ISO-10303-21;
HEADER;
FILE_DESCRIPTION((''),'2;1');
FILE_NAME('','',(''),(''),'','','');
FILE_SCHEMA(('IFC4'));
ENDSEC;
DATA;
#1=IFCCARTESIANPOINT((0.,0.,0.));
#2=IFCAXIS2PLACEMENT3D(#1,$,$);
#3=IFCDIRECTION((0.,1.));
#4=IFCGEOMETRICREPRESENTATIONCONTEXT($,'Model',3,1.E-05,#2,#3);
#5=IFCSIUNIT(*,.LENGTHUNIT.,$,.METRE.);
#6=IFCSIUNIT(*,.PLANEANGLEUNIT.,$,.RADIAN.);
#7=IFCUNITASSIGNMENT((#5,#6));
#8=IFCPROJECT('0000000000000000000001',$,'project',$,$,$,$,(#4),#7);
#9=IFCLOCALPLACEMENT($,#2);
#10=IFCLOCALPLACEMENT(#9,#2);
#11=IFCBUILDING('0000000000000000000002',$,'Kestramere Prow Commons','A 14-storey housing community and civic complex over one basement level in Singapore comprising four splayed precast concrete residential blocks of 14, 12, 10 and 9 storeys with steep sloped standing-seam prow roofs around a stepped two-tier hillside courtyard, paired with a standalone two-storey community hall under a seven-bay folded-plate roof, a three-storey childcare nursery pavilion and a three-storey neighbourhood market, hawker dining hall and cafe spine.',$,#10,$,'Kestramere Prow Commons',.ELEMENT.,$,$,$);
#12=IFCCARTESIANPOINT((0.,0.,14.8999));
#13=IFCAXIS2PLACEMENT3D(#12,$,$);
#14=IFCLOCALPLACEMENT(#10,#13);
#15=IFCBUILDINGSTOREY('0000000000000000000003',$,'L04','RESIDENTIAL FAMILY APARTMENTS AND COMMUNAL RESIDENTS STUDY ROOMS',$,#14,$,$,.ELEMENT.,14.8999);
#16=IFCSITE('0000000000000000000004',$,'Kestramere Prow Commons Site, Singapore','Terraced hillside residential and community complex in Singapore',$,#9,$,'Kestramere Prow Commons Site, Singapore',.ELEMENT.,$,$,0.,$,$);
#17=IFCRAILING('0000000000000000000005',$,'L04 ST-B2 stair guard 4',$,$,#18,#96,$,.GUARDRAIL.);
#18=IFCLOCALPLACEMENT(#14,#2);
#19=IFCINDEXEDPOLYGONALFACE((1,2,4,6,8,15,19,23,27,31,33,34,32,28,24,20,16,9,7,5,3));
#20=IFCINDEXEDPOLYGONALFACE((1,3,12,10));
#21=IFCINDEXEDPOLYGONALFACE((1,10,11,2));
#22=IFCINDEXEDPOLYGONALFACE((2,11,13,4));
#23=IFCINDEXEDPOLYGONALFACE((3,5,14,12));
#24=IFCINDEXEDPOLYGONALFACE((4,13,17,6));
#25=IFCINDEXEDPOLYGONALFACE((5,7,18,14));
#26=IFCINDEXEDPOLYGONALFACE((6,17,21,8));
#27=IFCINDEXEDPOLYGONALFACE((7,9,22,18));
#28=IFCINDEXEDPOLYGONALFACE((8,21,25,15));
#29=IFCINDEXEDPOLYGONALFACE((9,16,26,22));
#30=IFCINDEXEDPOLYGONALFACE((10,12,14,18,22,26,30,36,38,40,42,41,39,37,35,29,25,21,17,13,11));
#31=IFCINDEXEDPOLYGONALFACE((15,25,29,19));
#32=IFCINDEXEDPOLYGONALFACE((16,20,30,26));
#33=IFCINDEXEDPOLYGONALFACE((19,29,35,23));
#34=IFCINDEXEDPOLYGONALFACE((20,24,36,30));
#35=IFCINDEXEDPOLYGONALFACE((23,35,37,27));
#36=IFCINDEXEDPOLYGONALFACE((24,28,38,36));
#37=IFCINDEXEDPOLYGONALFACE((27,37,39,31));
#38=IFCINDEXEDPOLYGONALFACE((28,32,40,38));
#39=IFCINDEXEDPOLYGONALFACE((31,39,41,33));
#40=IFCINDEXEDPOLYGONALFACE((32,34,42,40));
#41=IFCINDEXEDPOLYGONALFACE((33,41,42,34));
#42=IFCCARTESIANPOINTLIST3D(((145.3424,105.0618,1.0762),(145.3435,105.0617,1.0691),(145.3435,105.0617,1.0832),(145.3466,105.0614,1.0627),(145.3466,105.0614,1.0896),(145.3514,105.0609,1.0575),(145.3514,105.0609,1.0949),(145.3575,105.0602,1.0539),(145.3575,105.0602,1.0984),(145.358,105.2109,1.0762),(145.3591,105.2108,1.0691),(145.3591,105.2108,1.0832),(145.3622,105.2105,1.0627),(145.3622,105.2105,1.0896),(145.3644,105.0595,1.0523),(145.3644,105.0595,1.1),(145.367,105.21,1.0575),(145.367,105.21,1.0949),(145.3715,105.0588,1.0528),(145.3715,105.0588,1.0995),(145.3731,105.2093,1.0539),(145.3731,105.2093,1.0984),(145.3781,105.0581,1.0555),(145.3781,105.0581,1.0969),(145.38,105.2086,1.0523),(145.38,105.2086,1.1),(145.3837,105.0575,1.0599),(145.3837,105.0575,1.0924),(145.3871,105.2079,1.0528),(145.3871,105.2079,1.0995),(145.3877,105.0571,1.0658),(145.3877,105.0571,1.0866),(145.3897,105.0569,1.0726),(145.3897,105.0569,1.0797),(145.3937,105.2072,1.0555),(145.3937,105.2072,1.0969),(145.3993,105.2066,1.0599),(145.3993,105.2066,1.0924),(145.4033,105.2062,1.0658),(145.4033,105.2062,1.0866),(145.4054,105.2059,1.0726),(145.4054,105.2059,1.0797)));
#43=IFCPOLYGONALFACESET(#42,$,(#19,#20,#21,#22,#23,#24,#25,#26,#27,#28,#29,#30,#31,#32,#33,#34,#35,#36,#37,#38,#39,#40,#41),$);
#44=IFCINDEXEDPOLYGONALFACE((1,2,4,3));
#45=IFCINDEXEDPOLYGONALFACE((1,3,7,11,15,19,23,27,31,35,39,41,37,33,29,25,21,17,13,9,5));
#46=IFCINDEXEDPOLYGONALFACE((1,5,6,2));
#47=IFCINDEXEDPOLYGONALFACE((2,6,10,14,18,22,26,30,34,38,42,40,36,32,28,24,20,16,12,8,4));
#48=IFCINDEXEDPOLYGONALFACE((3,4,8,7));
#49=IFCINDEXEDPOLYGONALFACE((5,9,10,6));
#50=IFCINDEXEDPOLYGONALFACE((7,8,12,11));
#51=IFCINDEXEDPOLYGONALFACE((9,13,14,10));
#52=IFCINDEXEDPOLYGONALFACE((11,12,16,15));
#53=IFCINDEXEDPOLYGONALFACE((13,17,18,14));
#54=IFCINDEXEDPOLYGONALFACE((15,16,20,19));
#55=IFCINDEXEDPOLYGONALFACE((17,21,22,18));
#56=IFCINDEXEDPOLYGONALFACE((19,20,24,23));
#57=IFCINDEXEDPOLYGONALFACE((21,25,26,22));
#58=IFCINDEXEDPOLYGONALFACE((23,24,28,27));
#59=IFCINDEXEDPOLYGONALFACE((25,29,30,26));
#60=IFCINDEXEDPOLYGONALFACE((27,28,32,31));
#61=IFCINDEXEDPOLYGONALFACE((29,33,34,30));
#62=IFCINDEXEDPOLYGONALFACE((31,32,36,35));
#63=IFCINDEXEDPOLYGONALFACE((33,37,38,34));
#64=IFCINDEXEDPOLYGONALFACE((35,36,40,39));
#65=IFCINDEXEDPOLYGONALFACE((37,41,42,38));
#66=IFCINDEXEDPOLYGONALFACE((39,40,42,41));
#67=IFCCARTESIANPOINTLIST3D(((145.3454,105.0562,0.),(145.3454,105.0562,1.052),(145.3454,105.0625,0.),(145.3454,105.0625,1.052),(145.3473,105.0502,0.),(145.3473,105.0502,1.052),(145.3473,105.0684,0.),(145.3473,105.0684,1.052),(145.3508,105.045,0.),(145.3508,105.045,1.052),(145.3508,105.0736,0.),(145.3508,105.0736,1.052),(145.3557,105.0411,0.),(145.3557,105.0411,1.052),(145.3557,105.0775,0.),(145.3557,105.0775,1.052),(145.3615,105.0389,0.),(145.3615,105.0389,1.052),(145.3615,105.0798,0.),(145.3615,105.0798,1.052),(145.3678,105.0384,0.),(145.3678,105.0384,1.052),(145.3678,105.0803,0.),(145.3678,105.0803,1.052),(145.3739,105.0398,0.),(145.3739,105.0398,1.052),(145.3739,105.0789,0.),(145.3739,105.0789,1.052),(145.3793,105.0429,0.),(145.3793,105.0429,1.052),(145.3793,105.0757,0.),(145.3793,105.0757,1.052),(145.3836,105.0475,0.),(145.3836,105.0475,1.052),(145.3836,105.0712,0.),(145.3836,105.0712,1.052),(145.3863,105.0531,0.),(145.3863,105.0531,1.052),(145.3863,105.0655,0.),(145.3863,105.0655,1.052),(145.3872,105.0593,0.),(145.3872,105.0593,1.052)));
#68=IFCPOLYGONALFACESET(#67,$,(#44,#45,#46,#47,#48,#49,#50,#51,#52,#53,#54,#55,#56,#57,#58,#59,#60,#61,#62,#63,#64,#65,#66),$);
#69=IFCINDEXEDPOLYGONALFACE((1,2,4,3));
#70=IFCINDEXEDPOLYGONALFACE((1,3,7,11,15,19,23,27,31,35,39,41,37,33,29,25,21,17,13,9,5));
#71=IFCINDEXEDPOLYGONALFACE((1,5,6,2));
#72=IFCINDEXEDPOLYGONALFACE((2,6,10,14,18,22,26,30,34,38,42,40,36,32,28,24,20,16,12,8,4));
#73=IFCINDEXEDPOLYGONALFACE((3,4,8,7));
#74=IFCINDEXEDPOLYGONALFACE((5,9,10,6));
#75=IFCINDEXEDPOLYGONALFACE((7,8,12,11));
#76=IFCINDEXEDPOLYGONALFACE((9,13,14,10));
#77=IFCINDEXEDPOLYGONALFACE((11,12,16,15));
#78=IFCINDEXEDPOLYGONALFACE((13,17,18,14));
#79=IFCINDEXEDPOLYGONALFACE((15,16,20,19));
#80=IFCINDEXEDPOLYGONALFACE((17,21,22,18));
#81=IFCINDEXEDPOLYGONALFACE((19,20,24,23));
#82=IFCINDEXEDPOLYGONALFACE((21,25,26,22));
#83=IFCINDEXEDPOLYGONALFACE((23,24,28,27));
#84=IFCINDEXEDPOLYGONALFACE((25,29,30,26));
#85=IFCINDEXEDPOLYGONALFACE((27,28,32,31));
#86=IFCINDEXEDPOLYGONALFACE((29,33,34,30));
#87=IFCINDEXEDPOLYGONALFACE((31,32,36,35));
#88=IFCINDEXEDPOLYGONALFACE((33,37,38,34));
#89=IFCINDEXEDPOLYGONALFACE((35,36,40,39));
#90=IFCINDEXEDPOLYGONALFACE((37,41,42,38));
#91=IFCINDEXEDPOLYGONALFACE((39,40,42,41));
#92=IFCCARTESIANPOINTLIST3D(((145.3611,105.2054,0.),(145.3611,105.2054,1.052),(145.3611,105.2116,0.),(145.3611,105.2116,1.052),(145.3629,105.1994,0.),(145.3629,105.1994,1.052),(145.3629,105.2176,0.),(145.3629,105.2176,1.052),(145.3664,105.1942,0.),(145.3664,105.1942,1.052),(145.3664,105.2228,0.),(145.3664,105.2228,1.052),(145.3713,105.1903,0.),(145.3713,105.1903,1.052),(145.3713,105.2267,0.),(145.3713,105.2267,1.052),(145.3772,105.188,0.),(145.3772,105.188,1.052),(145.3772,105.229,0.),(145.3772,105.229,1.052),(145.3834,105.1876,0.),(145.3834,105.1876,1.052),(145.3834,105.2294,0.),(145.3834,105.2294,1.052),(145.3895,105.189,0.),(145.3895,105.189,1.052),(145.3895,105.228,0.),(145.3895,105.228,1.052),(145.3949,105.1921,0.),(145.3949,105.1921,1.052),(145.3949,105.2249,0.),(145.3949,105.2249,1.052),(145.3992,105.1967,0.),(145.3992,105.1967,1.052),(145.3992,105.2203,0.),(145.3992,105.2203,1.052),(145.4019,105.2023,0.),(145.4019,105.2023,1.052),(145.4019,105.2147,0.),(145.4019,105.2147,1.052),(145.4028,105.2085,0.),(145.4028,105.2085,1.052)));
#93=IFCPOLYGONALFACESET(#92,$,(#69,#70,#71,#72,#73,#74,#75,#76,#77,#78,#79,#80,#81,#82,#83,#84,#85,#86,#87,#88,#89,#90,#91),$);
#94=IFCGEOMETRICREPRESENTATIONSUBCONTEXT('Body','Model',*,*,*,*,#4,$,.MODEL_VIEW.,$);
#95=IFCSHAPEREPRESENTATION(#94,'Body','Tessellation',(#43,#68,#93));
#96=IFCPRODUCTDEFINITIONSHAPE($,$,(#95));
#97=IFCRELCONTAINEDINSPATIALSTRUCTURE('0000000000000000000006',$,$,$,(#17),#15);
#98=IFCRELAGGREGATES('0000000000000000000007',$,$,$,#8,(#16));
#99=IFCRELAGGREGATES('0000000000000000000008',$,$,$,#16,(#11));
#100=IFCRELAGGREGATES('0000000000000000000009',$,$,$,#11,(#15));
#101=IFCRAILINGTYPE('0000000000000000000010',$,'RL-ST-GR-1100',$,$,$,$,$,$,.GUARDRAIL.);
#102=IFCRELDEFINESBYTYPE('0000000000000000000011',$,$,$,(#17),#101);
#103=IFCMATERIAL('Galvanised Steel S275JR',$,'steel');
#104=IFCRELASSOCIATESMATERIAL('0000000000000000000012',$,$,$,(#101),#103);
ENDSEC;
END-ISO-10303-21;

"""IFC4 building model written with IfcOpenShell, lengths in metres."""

from ifc_helpers import new_model, si_unit, direction, frame, origin, origin_2d, place, context, subcontext, project, spatial, circle, extrude, material, type_object, element, save


model = new_model("IFC4")

# Units and contexts
model_context = context("Model", 3, precision=1e-05, world=origin(), true_north=direction((0.0, 1.0)))
body_context = subcontext(model_context, "Body", "Model", "MODEL_VIEW")
ifc_project = project(units=[si_unit("LENGTHUNIT", "METRE"), si_unit("PLANEANGLEUNIT", "RADIAN")], contexts=[model_context])

# Site, building, storey
site_placement = place(None, origin())
site = spatial("IfcSite", under=ifc_project, at=site_placement, Name="Kestramere Prow Commons Site, Singapore", Description="Terraced hillside residential and community complex in Singapore", LongName="Kestramere Prow Commons Site, Singapore", CompositionType="ELEMENT", RefElevation=0.0)
building_placement = place(site_placement, origin())
building = spatial("IfcBuilding", under=site, at=building_placement, Name="Kestramere Prow Commons", Description="A 14-storey housing community and civic complex over one basement level in Singapore comprising four splayed precast concrete residential blocks of 14, 12, 10 and 9 storeys with steep sloped standing-seam prow roofs around a stepped two-tier hillside courtyard, paired with a standalone two-storey community hall under a seven-bay folded-plate roof, a three-storey childcare nursery pavilion and a three-storey neighbourhood market, hawker dining hall and cafe spine.", LongName="Kestramere Prow Commons", CompositionType="ELEMENT")
storey_placement = place(building_placement, frame((0.0, 0.0, 14.8999)))
storey = spatial("IfcBuildingStorey", under=building, at=storey_placement, Name="L04", Description="RESIDENTIAL FAMILY APARTMENTS AND COMMUNAL RESIDENTS STUDY ROOMS", CompositionType="ELEMENT", Elevation=14.8999)

# Railing
ifc_material_1 = material(Name="Galvanised Steel S275JR", Category="steel")
railing_type_1 = type_object("IfcRailingType", Name="RL-ST-GR-1100", PredefinedType="GUARDRAIL", material=ifc_material_1)
railing_1_placement = place(storey_placement, frame((145.3662, 105.0593, 0.0)))
element("IfcRailing", 1, at=railing_1_placement, inside=storey, type_object=railing_type_1, Name="L04 ST-B2 stair guard 4", PredefinedType="GUARDRAIL", context=body_context, shape_type="SweptSolid", body=[
    extrude(circle(Radius=0.0239, at=origin_2d()), frame((0.0, 0.0, 1.0762), z_axis=(0.104176, 0.994559, 0.0), x_axis=(-0.994559, 0.104176, 0.0)), (0.0, 0.0, 1.0), 0.1499),
    extrude(circle(Radius=0.021, at=origin_2d()), origin(), (0.0, 0.0, 1.0), 1.052),
    extrude(circle(Radius=0.021, at=origin_2d()), frame((0.0156, 0.1492, 0.0)), (0.0, 0.0, 1.0), 1.052),
])

save(model, "model.ifc")
